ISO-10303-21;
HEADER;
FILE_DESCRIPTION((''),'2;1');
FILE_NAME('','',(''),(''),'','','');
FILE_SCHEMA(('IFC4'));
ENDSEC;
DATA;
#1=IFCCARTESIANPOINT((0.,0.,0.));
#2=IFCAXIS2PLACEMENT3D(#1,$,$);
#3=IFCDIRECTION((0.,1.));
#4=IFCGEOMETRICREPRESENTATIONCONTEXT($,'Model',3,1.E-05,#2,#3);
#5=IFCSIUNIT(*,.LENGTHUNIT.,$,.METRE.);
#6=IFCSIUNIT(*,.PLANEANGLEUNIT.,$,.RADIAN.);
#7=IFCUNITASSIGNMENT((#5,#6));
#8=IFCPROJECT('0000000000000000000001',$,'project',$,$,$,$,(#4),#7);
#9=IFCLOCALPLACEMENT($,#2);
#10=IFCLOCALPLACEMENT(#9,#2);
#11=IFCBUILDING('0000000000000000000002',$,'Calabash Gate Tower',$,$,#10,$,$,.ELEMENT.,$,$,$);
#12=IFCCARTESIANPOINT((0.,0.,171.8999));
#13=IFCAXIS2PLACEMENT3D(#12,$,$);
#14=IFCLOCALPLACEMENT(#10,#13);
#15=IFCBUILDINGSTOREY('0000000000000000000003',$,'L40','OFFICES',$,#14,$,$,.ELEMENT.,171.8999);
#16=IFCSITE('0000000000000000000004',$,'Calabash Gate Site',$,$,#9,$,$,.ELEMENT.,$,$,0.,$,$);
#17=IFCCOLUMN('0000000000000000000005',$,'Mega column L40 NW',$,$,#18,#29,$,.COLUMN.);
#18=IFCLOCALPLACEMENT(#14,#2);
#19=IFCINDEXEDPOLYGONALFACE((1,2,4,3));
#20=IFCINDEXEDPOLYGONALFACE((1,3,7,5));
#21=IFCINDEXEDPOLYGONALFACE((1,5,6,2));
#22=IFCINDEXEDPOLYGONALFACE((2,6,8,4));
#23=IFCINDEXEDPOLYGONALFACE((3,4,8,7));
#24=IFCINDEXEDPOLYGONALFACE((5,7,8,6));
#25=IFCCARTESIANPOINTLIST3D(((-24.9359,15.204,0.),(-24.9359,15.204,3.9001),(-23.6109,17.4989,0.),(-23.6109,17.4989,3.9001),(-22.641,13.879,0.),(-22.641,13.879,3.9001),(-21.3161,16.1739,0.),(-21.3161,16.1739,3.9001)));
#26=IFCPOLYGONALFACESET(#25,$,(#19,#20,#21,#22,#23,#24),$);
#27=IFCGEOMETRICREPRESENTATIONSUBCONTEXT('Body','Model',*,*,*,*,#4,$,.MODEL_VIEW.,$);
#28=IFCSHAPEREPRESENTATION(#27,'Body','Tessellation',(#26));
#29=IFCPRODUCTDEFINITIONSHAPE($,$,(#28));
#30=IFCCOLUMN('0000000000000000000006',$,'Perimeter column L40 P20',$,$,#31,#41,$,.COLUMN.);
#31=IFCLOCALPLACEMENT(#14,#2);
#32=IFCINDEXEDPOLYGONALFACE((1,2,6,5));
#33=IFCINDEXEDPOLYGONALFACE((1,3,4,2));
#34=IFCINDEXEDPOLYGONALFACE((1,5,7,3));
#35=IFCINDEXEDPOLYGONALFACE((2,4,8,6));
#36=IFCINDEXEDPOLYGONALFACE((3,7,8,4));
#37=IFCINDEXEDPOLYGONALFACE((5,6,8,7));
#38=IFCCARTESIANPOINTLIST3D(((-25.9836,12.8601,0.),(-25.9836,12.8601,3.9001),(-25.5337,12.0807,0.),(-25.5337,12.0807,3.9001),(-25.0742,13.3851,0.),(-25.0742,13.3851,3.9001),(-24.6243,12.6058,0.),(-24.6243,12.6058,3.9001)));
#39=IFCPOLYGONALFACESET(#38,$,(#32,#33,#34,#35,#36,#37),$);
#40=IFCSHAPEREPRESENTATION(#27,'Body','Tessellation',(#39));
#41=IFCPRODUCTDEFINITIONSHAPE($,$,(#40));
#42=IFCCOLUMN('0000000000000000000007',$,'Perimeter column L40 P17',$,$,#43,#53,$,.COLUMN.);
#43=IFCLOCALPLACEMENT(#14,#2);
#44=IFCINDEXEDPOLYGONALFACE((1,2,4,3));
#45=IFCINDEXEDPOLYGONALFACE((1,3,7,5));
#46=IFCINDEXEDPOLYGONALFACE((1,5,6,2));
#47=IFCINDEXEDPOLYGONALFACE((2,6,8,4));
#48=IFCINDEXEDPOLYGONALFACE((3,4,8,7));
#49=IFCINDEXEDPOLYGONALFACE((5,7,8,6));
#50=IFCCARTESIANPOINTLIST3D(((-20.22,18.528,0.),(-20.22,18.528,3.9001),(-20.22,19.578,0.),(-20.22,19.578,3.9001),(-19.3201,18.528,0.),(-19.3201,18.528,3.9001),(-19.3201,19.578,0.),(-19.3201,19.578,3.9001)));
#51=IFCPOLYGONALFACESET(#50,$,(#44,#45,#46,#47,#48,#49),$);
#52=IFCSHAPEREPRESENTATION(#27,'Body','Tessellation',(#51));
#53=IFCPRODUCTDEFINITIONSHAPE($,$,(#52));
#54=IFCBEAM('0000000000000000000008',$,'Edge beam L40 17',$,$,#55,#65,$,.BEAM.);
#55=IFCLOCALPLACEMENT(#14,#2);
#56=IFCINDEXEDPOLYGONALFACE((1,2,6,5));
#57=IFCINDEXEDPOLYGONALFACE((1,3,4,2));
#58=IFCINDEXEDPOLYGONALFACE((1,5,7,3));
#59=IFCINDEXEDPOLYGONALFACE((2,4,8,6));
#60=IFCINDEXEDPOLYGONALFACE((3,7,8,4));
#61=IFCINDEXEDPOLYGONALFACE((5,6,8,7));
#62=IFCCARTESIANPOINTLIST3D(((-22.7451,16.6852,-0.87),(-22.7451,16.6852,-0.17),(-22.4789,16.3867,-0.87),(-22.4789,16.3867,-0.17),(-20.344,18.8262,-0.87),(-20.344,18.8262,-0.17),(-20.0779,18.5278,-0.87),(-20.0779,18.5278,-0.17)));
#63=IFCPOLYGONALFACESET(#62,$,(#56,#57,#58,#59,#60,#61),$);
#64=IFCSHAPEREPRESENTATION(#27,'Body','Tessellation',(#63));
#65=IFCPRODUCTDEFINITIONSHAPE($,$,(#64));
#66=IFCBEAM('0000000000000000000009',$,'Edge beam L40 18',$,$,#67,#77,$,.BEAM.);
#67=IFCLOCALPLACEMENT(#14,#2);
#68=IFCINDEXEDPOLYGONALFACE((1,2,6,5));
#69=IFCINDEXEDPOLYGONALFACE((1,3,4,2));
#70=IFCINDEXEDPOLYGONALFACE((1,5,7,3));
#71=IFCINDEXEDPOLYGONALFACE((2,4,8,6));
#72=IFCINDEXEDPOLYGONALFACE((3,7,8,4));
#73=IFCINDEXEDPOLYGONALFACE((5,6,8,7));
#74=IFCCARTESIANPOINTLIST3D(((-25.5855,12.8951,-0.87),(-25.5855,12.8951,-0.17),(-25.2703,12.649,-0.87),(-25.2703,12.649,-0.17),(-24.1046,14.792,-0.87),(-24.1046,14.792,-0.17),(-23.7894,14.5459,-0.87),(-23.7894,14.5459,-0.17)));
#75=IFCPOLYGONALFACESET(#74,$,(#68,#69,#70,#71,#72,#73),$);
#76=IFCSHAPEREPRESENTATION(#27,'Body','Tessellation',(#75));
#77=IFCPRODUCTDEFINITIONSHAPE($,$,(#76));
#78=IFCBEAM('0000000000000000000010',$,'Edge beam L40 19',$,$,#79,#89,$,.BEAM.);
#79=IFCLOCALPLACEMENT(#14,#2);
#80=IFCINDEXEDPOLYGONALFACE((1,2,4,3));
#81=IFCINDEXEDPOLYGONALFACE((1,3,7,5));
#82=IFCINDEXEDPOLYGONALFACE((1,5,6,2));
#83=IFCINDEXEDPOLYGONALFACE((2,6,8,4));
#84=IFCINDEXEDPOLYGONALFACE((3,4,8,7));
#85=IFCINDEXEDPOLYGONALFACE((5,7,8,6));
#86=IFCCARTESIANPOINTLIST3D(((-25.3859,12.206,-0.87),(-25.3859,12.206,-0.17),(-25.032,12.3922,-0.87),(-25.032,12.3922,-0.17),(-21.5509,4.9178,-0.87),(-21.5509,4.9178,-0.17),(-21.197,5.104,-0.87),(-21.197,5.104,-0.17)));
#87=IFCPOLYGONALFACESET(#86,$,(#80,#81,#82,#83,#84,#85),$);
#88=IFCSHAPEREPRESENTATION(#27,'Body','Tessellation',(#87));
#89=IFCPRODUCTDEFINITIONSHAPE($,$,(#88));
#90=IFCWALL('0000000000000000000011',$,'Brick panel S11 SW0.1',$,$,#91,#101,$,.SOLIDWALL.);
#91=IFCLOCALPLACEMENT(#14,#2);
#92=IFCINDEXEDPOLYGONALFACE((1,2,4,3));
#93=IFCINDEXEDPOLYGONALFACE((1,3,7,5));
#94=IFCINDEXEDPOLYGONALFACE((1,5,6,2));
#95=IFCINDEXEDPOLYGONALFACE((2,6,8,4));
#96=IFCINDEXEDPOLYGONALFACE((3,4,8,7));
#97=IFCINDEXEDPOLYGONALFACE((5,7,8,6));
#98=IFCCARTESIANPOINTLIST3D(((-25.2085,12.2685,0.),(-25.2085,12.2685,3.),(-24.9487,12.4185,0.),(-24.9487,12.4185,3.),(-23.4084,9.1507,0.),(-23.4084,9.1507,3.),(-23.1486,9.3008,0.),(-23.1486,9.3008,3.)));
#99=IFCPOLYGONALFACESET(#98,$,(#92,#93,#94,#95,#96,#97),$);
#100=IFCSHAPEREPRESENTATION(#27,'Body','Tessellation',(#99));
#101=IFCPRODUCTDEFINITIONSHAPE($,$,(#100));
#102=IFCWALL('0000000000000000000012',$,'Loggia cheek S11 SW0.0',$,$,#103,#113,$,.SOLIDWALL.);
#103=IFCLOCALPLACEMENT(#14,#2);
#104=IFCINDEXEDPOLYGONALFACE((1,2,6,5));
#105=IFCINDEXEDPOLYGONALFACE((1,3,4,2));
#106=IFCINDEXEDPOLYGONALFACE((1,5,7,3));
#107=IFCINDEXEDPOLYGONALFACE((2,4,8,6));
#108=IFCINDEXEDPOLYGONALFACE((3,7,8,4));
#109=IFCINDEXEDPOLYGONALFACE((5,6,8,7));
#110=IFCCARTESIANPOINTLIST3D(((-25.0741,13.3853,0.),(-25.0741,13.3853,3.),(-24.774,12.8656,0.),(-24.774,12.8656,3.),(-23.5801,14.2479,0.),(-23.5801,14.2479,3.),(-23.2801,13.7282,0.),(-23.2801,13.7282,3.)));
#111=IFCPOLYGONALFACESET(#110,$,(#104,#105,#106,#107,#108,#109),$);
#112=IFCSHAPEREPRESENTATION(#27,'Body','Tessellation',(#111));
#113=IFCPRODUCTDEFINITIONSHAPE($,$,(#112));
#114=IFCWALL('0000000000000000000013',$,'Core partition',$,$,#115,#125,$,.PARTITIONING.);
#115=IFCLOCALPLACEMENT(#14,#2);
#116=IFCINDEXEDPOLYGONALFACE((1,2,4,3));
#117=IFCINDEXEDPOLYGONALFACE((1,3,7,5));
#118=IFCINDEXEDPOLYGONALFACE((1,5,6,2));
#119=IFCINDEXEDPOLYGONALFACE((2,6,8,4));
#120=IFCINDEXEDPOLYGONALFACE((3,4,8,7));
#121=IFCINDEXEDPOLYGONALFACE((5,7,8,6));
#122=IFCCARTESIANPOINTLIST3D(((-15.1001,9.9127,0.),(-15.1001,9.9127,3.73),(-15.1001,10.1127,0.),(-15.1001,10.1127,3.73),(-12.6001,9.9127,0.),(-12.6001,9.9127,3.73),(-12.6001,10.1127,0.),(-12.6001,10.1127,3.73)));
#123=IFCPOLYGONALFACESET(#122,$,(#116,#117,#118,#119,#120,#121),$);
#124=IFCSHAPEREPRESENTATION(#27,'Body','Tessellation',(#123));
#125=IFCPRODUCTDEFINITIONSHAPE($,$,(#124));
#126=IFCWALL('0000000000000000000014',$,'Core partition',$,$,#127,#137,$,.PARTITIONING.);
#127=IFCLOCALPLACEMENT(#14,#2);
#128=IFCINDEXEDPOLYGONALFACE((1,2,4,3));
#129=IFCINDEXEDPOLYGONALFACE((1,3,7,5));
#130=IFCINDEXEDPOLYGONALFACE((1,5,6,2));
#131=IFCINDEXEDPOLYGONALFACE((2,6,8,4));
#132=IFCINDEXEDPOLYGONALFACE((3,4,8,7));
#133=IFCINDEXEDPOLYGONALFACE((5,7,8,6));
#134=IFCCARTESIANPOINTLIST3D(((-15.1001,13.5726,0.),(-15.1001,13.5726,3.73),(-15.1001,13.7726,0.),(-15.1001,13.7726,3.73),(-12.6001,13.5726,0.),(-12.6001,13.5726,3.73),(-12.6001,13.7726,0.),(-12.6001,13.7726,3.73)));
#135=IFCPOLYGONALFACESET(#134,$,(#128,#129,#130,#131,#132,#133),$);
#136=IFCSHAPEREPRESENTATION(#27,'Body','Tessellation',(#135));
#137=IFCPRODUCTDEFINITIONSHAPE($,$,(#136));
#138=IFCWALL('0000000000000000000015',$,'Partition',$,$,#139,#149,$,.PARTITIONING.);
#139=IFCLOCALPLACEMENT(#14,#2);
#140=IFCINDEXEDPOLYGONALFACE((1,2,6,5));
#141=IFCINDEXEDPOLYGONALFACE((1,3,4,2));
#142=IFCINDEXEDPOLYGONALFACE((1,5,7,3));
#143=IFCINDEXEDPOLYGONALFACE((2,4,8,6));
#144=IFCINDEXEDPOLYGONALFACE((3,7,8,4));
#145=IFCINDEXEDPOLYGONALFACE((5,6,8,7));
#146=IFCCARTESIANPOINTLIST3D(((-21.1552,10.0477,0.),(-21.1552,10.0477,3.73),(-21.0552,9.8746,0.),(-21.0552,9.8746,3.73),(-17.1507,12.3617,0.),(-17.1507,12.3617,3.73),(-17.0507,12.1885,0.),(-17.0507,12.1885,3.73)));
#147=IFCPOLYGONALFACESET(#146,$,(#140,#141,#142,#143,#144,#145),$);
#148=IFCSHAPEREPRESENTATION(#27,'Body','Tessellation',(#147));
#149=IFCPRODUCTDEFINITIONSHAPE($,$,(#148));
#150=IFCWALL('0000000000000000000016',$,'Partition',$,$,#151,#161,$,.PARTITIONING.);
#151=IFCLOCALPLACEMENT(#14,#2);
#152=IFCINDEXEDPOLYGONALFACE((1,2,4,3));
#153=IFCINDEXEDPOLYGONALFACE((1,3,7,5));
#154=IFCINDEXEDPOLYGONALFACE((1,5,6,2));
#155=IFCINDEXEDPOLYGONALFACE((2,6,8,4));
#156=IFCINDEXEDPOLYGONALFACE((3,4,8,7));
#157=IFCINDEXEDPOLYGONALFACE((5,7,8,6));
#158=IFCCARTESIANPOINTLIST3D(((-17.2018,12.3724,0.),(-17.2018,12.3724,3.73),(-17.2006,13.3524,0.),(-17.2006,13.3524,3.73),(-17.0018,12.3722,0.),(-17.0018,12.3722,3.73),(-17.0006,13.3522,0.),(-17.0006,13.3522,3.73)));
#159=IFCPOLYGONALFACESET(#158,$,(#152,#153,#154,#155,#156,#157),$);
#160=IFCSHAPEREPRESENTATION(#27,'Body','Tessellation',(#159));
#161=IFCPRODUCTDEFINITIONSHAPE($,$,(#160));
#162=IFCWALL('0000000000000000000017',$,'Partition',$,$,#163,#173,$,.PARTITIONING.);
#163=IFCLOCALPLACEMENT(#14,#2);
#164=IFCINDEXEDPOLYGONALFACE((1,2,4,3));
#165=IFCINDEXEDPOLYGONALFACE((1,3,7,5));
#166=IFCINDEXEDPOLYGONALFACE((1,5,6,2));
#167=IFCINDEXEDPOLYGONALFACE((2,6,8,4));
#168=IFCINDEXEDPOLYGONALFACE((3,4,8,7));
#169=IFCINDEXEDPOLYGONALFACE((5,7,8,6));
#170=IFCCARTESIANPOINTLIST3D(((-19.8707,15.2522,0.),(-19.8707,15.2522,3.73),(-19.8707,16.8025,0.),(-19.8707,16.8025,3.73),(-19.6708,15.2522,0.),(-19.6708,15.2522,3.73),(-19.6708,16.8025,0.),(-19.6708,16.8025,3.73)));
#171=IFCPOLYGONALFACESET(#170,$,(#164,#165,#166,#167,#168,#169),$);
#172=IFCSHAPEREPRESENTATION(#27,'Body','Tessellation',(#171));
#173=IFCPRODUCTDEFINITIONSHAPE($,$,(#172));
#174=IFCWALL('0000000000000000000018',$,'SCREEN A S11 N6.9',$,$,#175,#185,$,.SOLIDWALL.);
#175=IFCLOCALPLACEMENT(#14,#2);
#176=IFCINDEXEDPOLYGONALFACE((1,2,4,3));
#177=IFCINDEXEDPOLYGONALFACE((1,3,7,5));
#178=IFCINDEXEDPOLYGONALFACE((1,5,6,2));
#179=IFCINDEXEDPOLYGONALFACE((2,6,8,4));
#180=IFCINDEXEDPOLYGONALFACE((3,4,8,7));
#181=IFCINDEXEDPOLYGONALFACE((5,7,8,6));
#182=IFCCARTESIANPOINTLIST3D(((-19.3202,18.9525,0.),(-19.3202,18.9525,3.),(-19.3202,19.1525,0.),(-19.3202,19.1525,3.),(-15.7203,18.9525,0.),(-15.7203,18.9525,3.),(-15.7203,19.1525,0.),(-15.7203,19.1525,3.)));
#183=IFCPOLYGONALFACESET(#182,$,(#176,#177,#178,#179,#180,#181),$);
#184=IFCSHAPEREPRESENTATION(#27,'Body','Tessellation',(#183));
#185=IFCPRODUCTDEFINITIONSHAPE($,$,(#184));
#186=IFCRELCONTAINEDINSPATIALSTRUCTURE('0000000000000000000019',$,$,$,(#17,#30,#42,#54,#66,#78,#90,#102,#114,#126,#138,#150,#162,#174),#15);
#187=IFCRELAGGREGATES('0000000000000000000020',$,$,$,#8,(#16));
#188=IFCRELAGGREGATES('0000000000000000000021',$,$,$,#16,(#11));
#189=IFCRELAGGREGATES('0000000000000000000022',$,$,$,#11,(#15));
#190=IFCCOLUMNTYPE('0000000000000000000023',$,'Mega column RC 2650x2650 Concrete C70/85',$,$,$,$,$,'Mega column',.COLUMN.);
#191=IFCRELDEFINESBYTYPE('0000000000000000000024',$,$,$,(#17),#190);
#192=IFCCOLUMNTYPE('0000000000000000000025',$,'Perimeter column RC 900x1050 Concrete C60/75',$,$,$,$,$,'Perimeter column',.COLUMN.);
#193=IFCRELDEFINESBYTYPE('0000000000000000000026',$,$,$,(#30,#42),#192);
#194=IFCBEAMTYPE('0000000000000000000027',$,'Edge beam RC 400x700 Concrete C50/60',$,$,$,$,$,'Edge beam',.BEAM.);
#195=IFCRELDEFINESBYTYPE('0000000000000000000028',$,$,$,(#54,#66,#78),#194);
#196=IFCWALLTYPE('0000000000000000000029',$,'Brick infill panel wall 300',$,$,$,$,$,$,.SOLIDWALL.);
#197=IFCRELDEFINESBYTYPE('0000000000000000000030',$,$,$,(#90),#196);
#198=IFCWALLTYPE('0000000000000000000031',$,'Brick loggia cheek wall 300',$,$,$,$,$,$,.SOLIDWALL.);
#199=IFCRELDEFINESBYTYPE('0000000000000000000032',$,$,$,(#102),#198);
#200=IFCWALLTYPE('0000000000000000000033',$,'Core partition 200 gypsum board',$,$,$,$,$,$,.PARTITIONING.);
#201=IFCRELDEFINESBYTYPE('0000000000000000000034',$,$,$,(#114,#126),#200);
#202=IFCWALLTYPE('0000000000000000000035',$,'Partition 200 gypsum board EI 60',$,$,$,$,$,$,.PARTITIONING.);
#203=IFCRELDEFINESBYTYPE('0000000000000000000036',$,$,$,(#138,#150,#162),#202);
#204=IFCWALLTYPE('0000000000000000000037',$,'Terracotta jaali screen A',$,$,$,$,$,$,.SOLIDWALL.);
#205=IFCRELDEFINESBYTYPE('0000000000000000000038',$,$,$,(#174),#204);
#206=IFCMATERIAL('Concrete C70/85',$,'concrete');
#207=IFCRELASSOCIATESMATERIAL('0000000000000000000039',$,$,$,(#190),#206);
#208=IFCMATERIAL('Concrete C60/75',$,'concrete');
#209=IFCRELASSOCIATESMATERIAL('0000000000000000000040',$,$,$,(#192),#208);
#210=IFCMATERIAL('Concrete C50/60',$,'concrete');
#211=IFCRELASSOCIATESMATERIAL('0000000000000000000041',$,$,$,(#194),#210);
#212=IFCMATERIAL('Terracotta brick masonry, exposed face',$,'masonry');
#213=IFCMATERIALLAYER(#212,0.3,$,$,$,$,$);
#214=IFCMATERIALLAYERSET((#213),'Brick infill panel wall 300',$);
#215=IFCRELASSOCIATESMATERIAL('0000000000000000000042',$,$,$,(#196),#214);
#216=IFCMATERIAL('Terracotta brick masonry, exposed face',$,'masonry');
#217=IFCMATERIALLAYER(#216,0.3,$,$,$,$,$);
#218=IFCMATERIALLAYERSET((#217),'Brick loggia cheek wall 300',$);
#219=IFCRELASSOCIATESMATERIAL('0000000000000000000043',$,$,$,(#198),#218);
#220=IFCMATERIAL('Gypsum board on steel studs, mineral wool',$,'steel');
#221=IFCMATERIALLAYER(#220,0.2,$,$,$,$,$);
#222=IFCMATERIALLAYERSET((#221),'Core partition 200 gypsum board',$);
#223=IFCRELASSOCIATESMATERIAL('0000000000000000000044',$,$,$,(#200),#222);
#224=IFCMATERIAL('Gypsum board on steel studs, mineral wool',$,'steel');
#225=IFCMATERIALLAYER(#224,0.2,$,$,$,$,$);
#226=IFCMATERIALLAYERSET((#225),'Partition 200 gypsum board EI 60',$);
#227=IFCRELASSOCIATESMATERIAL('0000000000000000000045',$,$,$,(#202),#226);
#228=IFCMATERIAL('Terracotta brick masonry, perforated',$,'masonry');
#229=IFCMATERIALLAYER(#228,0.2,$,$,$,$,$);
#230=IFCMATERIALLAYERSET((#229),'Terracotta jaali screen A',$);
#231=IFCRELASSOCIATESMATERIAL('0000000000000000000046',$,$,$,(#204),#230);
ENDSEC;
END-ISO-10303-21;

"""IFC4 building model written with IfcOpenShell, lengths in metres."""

from ifc_helpers import new_model, si_unit, direction, frame, frame_2d, origin, origin_2d, place, context, subcontext, project, spatial, rectangle, extrude, material, layer, layer_set, material_profile, profile_set, type_object, element, save


model = new_model("IFC4")

# Units and contexts
model_context = context("Model", 3, precision=1e-05, world=origin(), true_north=direction((0.0, 1.0)))
body_context = subcontext(model_context, "Body", "Model", "MODEL_VIEW")
ifc_project = project(units=[si_unit("LENGTHUNIT", "METRE"), si_unit("PLANEANGLEUNIT", "RADIAN")], contexts=[model_context])

# Site, building, storey
site_placement = place(None, origin())
site = spatial("IfcSite", under=ifc_project, at=site_placement, Name="Calabash Gate Site", CompositionType="ELEMENT", RefElevation=0.0)
building_placement = place(site_placement, origin())
building = spatial("IfcBuilding", under=site, at=building_placement, Name="Calabash Gate Tower", CompositionType="ELEMENT")
storey_placement = place(building_placement, frame((0.0, 0.0, 171.8999)))
storey = spatial("IfcBuildingStorey", under=building, at=storey_placement, Name="L40", Description="OFFICES", CompositionType="ELEMENT", Elevation=171.8999)

# Columns
ifc_material_1 = material(Name="Concrete C70/85", Category="concrete")
ifc_material_profile_1 = material_profile(ifc_material_1, rectangle(XDim=2.6499, YDim=2.6499, at=origin_2d()))
ifc_profile_set_1 = profile_set([ifc_material_profile_1], Name="Concrete C70/85")
column_type_1 = type_object("IfcColumnType", Name="Mega column RC 2650x2650 Concrete C70/85", ElementType="Mega column", PredefinedType="COLUMN", material=ifc_profile_set_1)
column_placement = place(storey_placement, frame((-23.126, 15.689, 0.0), z_axis=(0.0, 0.0, 1.0), x_axis=(0.866025, -0.5, 0.0)))
element("IfcColumn", 1, at=column_placement, inside=storey, type_object=column_type_1, Name="Mega column L40 NW", PredefinedType="COLUMN", context=body_context, shape_type="SweptSolid", body=[
    extrude(rectangle(XDim=2.6499, YDim=2.6499, at=origin_2d()), origin(), (0.0, 0.0, 1.0), 3.9001),
])
ifc_material_2 = material(Name="Concrete C60/75", Category="concrete")
ifc_material_profile_2 = material_profile(ifc_material_2, rectangle(XDim=0.8999, YDim=1.05, at=origin_2d()))
ifc_profile_set_2 = profile_set([ifc_material_profile_2], Name="Concrete C60/75")
column_type_2 = type_object("IfcColumnType", Name="Perimeter column RC 900x1050 Concrete C60/75", ElementType="Perimeter column", PredefinedType="COLUMN", material=ifc_profile_set_2)
for number, where, z_axis, x_axis, name in (
    (2, (-25.304, 12.7329, 0.0), (0.0, 0.0, 1.0), (0.5, -0.866025, 0.0), "Perimeter column L40 P20"),
    (3, (-19.77, 19.053, 0.0), (0.0, 0.0, 1.0), (-1.0, 0.0, 0.0), "Perimeter column L40 P17"),
):
    element("IfcColumn", number, at=place(storey_placement, frame(where, z_axis=z_axis, x_axis=x_axis)), inside=storey, type_object=column_type_2, Name=name, PredefinedType="COLUMN", context=body_context, shape_type="SweptSolid", body=[
        extrude(rectangle(XDim=0.8999, YDim=1.05, at=origin_2d()), origin(), (0.0, 0.0, 1.0), 3.9001),
    ])

# Beams
ifc_material_3 = material(Name="Concrete C50/60", Category="concrete")
ifc_material_profile_3 = material_profile(ifc_material_3, rectangle(XDim=0.3999, YDim=0.7, at=origin_2d()))
ifc_profile_set_3 = profile_set([ifc_material_profile_3], Name="Concrete C50/60")
beam_type = type_object("IfcBeamType", Name="Edge beam RC 400x700 Concrete C50/60", ElementType="Edge beam", PredefinedType="BEAM", material=ifc_profile_set_3)
beam_1_placement = place(storey_placement, frame((-20.2109, 18.677, -0.52), z_axis=(-0.746362, -0.665541, 0.0), x_axis=(0.665541, -0.746362, 0.0)))
element("IfcBeam", 4, at=beam_1_placement, inside=storey, type_object=beam_type, Name="Edge beam L40 17", PredefinedType="BEAM", context=body_context, shape_type="SweptSolid", body=[
    extrude(rectangle(XDim=0.3999, YDim=0.7, at=origin_2d()), origin(), (0.0, 0.0, 1.0), 3.217),
])
beam_2_placement = place(storey_placement, frame((-23.947, 14.6689, -0.52), z_axis=(-0.615372, -0.788237, 0.0), x_axis=(0.788237, -0.615372, 0.0)))
element("IfcBeam", 5, at=beam_2_placement, inside=storey, type_object=beam_type, Name="Edge beam L40 18", PredefinedType="BEAM", context=body_context, shape_type="SweptSolid", body=[
    extrude(rectangle(XDim=0.3999, YDim=0.7, at=origin_2d()), origin(), (0.0, 0.0, 1.0), 2.4065),
])
beam_3_placement = place(storey_placement, frame((-25.209, 12.2991, -0.52), z_axis=(0.465663, -0.884962, 0.0), x_axis=(0.884962, 0.465663, 0.0)))
element("IfcBeam", 6, at=beam_3_placement, inside=storey, type_object=beam_type, Name="Edge beam L40 19", PredefinedType="BEAM", context=body_context, shape_type="SweptSolid", body=[
    extrude(rectangle(XDim=0.3999, YDim=0.7, at=origin_2d()), origin(), (0.0, 0.0, 1.0), 8.2356),
])

# Walls
ifc_material_4 = material(Name="Terracotta brick masonry, exposed face", Category="masonry")
ifc_layer_1 = layer(ifc_material_4, 0.3)
ifc_layer_set_1 = layer_set([ifc_layer_1], Name="Brick infill panel wall 300")
wall_type_1 = type_object("IfcWallType", Name="Brick infill panel wall 300", PredefinedType="SOLIDWALL", material=ifc_layer_set_1)
wall_1_placement = place(storey_placement, frame((-25.0786, 12.3435, 0.0), z_axis=(0.0, 0.0, 1.0), x_axis=(0.500012, -0.866018, 0.0)))
element("IfcWall", 7, at=wall_1_placement, inside=storey, type_object=wall_type_1, Name="Brick panel S11 SW0.1", PredefinedType="SOLIDWALL", context=body_context, shape_type="SweptSolid", body=[
    extrude(rectangle(XDim=3.6001, YDim=0.3, at=frame_2d((1.8, 0.0))), origin(), (0.0, 0.0, 1.0), 3.0),
])
ifc_material_5 = material(Name="Terracotta brick masonry, exposed face", Category="masonry")
ifc_layer_2 = layer(ifc_material_5, 0.3)
ifc_layer_set_2 = layer_set([ifc_layer_2], Name="Brick loggia cheek wall 300")
wall_type_2 = type_object("IfcWallType", Name="Brick loggia cheek wall 300", PredefinedType="SOLIDWALL", material=ifc_layer_set_2)
wall_2_placement = place(storey_placement, frame((-24.9241, 13.1255, 0.0), z_axis=(0.0, 0.0, 1.0), x_axis=(0.866014, 0.500021, 0.0)))
element("IfcWall", 8, at=wall_2_placement, inside=storey, type_object=wall_type_2, Name="Loggia cheek S11 SW0.0", PredefinedType="SOLIDWALL", context=body_context, shape_type="SweptSolid", body=[
    extrude(rectangle(XDim=1.7251, YDim=0.6001, at=frame_2d((0.8625, 0.0))), origin(), (0.0, 0.0, 1.0), 3.0),
])
ifc_material_6 = material(Name="Gypsum board on steel studs, mineral wool", Category="steel")
ifc_layer_3 = layer(ifc_material_6, 0.2)
ifc_layer_set_3 = layer_set([ifc_layer_3], Name="Core partition 200 gypsum board")
wall_type_3 = type_object("IfcWallType", Name="Core partition 200 gypsum board", PredefinedType="PARTITIONING", material=ifc_layer_set_3)
for number, where, z_axis, x_axis, name in (
    (9, (-15.1001, 10.0127, 0.0), (0.0, 0.0, 1.0), (1.0, 0.0, 0.0), "Core partition"),
    (10, (-15.1001, 13.6726, 0.0), (0.0, 0.0, 1.0), (1.0, 0.0, 0.0), "Core partition"),
):
    element("IfcWall", number, at=place(storey_placement, frame(where, z_axis=z_axis, x_axis=x_axis)), inside=storey, type_object=wall_type_3, Name=name, PredefinedType="PARTITIONING", context=body_context, shape_type="SweptSolid", body=[
        extrude(rectangle(XDim=2.5, YDim=0.2, at=frame_2d((1.25, 0.0))), origin(), (0.0, 0.0, 1.0), 3.73),
    ])

# Shared definitions
ifc_material_7 = material(Name="Gypsum board on steel studs, mineral wool", Category="steel")
ifc_layer_4 = layer(ifc_material_7, 0.2)
ifc_layer_set_4 = layer_set([ifc_layer_4], Name="Partition 200 gypsum board EI 60")
wall_type_4 = type_object("IfcWallType", Name="Partition 200 gypsum board EI 60", PredefinedType="PARTITIONING", material=ifc_layer_set_4)

# Walls
wall_3_placement = place(storey_placement, frame((-21.1052, 9.9612, 0.0), z_axis=(0.0, 0.0, 1.0), x_axis=(0.865849, 0.500306, 0.0)))
element("IfcWall", 11, at=wall_3_placement, inside=storey, type_object=wall_type_4, Name="Partition", PredefinedType="PARTITIONING", context=body_context, shape_type="SweptSolid", body=[
    extrude(rectangle(XDim=4.625, YDim=0.2, at=frame_2d((2.3125, 0.0))), origin(), (0.0, 0.0, 1.0), 3.73),
])
wall_4_placement = place(storey_placement, frame((-17.1018, 12.3723, 0.0), z_axis=(0.0, 0.0, 1.0), x_axis=(0.001246, 0.999999, 0.0)))
element("IfcWall", 12, at=wall_4_placement, inside=storey, type_object=wall_type_4, Name="Partition", PredefinedType="PARTITIONING", context=body_context, shape_type="SweptSolid", body=[
    extrude(rectangle(XDim=0.98, YDim=0.2, at=frame_2d((0.49, 0.0))), origin(), (0.0, 0.0, 1.0), 3.73),
])

# Walls
wall_5_placement = place(storey_placement, frame((-19.7708, 16.8025, 0.0), z_axis=(0.0, 0.0, 1.0), x_axis=(0.0, -1.0, 0.0)))
element("IfcWall", 13, at=wall_5_placement, inside=storey, type_object=wall_type_4, Name="Partition", PredefinedType="PARTITIONING", context=body_context, shape_type="SweptSolid", body=[
    extrude(rectangle(XDim=1.5503, YDim=0.2, at=frame_2d((0.7751, 0.0))), origin(), (0.0, 0.0, 1.0), 3.73),
])
ifc_material_8 = material(Name="Terracotta brick masonry, perforated", Category="masonry")
ifc_layer_5 = layer(ifc_material_8, 0.2)
ifc_layer_set_5 = layer_set([ifc_layer_5], Name="Terracotta jaali screen A")
wall_type_5 = type_object("IfcWallType", Name="Terracotta jaali screen A", PredefinedType="SOLIDWALL", material=ifc_layer_set_5)
wall_6_placement = place(storey_placement, frame((-15.7205, 19.0525, 0.0), z_axis=(0.0, 0.0, 1.0), x_axis=(-1.0, 0.0, 0.0)))
element("IfcWall", 14, at=wall_6_placement, inside=storey, type_object=wall_type_5, Name="SCREEN A S11 N6.9", PredefinedType="SOLIDWALL", context=body_context, shape_type="SweptSolid", body=[
    extrude(rectangle(XDim=3.5999, YDim=0.2, at=frame_2d((1.7998, 0.0))), origin(), (0.0, 0.0, 1.0), 3.0),
])

save(model, "model.ifc")
